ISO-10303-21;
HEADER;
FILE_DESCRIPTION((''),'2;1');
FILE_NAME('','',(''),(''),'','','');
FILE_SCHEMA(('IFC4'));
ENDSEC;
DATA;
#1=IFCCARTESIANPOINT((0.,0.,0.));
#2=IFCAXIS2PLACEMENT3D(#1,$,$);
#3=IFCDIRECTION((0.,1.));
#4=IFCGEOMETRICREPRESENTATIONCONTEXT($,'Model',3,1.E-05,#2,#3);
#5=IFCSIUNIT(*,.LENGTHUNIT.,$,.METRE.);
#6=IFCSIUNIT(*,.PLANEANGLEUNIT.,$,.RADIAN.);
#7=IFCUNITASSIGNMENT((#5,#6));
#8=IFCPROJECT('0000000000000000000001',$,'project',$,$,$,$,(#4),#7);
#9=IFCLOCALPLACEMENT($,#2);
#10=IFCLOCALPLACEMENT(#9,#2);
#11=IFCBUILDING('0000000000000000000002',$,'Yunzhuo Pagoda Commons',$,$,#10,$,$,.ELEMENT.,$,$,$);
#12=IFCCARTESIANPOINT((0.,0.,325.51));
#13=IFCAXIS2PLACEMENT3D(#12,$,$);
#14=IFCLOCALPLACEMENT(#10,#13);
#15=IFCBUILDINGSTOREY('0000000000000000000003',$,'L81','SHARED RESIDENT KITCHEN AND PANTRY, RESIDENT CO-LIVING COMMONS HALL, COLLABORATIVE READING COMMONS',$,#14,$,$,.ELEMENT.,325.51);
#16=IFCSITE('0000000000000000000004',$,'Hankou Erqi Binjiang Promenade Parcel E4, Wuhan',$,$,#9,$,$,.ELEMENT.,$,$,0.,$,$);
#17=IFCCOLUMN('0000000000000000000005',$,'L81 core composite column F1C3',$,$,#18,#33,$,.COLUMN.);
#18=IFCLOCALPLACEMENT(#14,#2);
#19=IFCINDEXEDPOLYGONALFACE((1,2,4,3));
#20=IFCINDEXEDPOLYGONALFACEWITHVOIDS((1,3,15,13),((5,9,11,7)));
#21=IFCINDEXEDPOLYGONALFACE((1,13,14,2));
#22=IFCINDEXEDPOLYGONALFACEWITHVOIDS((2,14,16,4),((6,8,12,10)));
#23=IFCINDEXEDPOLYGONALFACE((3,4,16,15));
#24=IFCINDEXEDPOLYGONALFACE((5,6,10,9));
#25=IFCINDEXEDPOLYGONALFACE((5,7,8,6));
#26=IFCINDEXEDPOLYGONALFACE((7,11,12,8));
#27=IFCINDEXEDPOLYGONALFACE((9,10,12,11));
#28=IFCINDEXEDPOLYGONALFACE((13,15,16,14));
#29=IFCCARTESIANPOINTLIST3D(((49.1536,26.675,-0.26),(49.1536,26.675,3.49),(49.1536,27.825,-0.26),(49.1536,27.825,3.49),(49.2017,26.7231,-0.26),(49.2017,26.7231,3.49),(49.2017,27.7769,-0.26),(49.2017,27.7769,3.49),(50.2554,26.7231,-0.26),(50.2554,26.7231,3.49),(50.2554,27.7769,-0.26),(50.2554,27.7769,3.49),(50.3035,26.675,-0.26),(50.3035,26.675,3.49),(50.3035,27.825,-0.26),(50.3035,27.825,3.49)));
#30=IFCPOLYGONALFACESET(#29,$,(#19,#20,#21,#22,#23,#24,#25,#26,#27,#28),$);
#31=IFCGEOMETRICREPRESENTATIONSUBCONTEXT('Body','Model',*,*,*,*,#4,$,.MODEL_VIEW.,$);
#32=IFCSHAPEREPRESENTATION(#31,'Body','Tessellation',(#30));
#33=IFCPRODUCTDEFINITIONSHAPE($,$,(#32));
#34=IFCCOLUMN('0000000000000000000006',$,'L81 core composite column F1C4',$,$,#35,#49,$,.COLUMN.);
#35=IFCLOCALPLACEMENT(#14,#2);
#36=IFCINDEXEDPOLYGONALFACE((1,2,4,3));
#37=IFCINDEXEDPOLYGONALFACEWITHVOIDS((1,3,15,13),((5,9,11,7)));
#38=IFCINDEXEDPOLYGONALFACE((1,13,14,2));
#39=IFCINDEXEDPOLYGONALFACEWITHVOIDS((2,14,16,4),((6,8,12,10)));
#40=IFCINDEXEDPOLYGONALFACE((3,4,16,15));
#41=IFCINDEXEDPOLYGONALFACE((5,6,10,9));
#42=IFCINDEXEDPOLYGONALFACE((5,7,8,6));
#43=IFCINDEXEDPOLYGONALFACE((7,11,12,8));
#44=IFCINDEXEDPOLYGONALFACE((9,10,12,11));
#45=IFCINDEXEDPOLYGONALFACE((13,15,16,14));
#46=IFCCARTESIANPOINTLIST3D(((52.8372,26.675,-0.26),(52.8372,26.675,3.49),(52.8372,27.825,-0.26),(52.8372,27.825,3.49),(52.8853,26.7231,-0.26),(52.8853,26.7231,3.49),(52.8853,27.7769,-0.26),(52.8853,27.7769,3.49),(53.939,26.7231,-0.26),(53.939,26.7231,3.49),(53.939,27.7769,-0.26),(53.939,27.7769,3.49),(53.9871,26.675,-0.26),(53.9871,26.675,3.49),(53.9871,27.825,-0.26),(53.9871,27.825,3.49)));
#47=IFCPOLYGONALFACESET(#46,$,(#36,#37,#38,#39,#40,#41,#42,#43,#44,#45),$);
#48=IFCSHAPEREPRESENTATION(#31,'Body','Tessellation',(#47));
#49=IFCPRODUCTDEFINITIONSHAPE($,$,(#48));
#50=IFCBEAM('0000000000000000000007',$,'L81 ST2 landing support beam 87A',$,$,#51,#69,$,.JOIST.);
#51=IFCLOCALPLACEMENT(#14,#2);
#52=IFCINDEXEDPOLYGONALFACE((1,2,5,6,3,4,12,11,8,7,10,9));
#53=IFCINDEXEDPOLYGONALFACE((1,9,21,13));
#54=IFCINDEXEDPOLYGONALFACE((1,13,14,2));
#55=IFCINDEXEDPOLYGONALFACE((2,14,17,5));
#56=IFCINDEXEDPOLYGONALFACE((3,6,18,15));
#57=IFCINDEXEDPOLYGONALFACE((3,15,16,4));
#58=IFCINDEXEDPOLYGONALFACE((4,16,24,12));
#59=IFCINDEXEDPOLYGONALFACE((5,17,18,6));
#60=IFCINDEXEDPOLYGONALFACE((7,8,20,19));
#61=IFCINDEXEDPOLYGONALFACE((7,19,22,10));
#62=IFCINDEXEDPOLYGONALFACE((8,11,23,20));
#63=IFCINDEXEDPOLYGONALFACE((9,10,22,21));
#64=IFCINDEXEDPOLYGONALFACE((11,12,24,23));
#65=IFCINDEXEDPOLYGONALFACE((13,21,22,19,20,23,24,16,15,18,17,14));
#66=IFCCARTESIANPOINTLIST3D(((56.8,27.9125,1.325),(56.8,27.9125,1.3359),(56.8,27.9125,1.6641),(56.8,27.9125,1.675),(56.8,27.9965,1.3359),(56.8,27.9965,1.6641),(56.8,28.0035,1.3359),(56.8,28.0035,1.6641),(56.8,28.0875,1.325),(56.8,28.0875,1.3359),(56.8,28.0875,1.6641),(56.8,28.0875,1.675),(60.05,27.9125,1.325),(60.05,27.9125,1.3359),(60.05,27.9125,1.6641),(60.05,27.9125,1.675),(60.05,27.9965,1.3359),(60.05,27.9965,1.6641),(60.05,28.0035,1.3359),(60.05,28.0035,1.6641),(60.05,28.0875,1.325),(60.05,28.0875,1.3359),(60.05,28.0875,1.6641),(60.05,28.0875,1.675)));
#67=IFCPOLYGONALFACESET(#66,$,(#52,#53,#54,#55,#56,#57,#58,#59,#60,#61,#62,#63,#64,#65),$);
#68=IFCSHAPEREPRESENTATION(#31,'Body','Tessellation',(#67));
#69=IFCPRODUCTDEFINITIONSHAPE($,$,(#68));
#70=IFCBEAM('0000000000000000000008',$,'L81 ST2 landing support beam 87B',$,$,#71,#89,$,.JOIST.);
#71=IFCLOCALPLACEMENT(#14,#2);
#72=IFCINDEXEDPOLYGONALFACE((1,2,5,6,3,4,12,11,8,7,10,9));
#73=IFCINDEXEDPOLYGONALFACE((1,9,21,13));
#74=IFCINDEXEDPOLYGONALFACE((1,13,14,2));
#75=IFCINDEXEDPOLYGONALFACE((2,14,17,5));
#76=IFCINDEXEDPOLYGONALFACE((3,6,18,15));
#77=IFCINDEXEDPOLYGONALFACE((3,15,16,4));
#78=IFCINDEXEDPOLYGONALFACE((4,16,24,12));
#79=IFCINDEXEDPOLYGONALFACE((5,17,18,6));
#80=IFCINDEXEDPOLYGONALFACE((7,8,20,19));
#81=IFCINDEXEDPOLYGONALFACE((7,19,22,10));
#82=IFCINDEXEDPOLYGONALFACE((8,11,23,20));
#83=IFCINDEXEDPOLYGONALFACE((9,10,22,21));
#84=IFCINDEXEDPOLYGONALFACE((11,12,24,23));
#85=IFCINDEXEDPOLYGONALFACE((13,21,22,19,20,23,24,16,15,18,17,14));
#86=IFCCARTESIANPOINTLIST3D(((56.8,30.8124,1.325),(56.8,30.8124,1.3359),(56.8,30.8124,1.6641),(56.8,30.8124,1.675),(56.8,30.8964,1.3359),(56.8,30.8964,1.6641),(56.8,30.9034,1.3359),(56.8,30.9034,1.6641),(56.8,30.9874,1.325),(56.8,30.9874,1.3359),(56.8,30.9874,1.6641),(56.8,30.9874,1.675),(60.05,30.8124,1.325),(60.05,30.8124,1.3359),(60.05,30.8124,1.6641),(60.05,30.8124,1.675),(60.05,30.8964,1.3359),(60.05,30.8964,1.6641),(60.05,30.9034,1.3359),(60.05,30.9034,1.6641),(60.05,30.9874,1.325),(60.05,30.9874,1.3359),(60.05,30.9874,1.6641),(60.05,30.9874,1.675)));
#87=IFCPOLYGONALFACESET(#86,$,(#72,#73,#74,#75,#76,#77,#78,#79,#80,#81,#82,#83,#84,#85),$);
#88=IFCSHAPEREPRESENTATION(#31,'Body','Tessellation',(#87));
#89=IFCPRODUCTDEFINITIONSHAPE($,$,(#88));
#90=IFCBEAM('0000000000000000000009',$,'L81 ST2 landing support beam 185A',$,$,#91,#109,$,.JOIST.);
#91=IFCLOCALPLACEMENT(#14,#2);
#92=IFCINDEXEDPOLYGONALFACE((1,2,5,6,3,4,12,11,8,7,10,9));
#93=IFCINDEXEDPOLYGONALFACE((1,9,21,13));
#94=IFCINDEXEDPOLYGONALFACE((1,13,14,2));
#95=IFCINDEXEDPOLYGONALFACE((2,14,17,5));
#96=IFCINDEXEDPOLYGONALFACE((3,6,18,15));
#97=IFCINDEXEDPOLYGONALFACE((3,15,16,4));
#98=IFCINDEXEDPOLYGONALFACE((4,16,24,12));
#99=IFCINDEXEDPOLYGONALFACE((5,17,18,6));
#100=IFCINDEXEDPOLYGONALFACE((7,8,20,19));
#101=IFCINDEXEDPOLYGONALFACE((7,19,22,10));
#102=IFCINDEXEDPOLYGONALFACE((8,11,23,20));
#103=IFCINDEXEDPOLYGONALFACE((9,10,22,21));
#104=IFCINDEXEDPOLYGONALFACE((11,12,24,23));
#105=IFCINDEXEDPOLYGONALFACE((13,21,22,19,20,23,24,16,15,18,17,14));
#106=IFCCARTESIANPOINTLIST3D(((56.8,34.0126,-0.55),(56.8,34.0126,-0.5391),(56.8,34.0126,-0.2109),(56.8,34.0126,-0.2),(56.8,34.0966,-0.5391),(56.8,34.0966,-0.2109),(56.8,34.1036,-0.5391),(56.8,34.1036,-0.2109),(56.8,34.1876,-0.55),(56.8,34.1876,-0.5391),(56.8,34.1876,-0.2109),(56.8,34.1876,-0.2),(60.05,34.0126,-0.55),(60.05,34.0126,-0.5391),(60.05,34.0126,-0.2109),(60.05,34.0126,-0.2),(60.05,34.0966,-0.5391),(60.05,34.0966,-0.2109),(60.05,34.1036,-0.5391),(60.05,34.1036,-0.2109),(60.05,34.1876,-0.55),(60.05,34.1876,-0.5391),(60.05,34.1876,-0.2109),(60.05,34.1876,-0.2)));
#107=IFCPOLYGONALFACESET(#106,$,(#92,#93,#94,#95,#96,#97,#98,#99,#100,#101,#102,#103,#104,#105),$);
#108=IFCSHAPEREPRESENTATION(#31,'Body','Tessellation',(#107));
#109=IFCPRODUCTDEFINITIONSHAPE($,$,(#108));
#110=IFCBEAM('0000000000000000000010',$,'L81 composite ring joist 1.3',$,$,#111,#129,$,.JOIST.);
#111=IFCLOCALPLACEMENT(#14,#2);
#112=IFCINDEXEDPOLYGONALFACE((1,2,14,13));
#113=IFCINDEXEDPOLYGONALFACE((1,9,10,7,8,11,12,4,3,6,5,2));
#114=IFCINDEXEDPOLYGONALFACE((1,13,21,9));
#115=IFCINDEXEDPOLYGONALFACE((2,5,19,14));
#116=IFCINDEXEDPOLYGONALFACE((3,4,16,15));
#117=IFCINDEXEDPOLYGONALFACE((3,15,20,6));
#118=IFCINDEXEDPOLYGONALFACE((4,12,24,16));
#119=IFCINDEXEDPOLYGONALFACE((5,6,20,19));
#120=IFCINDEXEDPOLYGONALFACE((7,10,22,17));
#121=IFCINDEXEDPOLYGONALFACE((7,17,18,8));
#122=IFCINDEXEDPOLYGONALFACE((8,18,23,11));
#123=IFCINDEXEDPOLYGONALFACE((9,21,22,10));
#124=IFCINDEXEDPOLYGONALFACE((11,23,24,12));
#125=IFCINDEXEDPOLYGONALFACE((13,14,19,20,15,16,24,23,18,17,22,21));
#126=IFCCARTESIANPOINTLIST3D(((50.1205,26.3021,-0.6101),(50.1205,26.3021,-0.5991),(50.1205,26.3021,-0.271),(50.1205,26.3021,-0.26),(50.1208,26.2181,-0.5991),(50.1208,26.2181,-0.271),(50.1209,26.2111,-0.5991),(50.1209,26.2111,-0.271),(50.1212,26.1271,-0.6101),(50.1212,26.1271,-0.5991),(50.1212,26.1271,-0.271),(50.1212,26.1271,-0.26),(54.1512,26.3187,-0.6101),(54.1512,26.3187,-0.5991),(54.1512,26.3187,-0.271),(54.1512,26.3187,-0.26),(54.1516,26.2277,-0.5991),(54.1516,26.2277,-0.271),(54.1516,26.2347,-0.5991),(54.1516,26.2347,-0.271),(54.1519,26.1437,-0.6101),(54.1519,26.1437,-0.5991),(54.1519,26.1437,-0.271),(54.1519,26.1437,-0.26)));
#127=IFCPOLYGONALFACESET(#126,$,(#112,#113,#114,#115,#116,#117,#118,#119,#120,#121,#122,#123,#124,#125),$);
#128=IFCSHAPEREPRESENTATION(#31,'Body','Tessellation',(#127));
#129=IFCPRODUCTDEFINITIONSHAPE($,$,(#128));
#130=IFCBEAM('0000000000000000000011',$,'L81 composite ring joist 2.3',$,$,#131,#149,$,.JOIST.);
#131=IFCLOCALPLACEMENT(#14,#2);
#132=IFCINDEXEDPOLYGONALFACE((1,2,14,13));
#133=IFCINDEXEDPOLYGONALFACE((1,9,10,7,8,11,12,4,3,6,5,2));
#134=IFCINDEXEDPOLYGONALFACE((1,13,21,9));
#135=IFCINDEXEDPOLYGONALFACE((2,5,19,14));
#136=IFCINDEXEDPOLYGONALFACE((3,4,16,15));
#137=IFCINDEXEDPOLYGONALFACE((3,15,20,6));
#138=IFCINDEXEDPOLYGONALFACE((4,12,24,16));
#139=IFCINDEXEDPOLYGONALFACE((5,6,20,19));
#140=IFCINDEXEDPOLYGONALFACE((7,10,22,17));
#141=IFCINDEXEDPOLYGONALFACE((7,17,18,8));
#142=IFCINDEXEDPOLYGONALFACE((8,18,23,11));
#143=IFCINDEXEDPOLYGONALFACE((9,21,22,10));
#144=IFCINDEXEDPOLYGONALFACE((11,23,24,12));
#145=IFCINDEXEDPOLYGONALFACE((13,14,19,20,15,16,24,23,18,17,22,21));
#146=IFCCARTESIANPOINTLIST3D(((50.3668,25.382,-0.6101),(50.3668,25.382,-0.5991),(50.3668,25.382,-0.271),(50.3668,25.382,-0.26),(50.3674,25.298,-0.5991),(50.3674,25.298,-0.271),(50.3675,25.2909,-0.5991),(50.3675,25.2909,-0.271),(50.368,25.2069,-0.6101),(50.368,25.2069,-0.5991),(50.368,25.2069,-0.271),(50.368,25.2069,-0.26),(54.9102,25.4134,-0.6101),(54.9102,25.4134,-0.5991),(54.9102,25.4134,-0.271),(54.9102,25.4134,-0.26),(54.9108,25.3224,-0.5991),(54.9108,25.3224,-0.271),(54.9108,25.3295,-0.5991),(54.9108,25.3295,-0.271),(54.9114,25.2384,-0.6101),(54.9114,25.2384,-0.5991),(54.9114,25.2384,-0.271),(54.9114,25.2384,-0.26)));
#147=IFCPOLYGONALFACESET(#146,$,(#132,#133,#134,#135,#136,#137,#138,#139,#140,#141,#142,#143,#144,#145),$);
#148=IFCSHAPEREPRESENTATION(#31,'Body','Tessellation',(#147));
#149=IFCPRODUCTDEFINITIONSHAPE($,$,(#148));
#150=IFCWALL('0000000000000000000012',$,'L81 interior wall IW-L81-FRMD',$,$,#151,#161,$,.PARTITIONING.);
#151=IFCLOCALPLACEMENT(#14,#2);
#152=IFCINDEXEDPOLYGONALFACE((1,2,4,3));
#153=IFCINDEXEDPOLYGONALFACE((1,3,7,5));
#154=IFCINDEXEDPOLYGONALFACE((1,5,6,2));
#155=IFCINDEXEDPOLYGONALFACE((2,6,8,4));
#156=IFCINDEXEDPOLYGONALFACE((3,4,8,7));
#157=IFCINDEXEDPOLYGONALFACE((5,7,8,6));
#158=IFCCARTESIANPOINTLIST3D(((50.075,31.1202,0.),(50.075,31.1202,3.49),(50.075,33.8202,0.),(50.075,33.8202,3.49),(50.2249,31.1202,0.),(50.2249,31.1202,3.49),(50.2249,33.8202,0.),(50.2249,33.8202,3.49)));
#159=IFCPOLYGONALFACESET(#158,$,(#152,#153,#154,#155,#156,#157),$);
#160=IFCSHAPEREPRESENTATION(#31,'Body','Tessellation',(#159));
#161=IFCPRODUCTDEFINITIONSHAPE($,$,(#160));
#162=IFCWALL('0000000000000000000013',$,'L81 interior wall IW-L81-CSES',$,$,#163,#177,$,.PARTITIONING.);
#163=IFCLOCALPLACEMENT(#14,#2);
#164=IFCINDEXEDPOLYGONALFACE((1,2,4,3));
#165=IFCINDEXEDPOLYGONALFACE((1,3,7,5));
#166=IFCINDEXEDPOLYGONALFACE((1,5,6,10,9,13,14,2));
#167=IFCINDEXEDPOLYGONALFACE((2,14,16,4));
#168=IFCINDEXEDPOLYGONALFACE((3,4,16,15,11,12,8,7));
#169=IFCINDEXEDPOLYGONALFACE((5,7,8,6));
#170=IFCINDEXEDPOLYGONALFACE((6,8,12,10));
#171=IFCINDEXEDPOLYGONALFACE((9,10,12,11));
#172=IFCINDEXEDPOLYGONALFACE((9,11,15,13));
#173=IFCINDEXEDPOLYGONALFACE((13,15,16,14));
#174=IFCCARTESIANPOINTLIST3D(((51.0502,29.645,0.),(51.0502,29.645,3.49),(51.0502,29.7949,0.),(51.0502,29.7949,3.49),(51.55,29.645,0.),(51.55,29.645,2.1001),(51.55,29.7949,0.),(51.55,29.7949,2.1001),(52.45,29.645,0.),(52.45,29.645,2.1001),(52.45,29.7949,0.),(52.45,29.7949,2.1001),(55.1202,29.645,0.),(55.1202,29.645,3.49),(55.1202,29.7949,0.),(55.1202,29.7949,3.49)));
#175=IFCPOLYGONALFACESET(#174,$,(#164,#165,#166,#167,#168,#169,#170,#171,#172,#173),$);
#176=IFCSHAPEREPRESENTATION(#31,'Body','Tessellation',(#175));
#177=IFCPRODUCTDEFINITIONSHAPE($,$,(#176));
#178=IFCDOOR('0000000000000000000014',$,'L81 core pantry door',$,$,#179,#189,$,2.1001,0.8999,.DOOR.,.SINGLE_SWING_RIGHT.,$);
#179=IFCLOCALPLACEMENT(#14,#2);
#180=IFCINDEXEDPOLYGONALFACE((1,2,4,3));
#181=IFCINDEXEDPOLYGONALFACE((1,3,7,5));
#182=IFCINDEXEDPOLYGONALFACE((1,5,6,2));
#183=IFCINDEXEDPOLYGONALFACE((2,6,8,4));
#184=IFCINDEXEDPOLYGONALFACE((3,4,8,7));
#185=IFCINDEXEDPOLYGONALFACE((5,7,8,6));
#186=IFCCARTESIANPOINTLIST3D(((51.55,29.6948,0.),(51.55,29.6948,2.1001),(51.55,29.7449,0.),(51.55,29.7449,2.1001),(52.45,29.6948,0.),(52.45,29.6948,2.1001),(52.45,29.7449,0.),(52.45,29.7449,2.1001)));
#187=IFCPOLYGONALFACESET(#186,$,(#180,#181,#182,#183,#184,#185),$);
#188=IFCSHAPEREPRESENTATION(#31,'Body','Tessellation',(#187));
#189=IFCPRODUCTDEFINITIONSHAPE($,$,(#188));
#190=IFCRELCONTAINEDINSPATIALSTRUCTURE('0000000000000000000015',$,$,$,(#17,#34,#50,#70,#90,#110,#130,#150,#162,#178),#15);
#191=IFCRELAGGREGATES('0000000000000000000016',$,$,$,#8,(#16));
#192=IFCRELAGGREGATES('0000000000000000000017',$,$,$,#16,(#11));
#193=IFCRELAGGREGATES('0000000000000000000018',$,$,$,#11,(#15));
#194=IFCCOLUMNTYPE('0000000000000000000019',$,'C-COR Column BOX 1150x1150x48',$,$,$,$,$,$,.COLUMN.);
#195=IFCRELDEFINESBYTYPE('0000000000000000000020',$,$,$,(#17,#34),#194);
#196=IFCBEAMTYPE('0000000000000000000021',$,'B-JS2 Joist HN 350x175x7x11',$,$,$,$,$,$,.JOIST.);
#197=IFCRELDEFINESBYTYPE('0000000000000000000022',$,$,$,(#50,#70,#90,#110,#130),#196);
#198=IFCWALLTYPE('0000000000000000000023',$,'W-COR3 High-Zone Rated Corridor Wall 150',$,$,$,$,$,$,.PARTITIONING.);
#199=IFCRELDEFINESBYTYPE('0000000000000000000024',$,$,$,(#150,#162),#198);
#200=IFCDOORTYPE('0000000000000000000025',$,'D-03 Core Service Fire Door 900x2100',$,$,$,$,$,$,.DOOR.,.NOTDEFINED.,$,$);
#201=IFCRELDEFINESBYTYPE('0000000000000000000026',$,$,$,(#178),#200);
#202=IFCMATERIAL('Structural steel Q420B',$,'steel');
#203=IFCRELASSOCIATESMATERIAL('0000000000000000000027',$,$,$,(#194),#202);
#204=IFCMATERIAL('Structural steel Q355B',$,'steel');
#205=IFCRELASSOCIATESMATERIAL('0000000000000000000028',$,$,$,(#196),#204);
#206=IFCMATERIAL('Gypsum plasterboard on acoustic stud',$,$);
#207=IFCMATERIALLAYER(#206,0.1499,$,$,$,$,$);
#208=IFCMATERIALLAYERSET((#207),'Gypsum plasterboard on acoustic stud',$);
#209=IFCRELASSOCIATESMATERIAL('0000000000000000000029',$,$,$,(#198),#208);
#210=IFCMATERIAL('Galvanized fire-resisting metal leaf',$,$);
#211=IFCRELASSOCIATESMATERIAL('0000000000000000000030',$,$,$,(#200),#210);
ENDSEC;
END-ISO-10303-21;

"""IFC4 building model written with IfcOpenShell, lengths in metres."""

from ifc_helpers import new_model, si_unit, direction, frame, frame_2d, origin, origin_with_axes, origin_2d, place, context, subcontext, project, spatial, rectangle, hollow_rectangle, i_section, extrude, source, transform, mapped, material, layer, layer_set, material_profile, profile_set, type_object, element, fill, save


model = new_model("IFC4")

# Units and contexts
model_context = context("Model", 3, precision=1e-05, world=origin(), true_north=direction((0.0, 1.0)))
body_context = subcontext(model_context, "Body", "Model", "MODEL_VIEW")
ifc_project = project(units=[si_unit("LENGTHUNIT", "METRE"), si_unit("PLANEANGLEUNIT", "RADIAN")], contexts=[model_context])

# Site, building, storey
site_placement = place(None, origin())
site = spatial("IfcSite", under=ifc_project, at=site_placement, Name="Hankou Erqi Binjiang Promenade Parcel E4, Wuhan", CompositionType="ELEMENT", RefElevation=0.0)
building_placement = place(site_placement, origin())
building = spatial("IfcBuilding", under=site, at=building_placement, Name="Yunzhuo Pagoda Commons", CompositionType="ELEMENT")
storey_placement = place(building_placement, frame((0.0, 0.0, 325.51)))
storey = spatial("IfcBuildingStorey", under=building, at=storey_placement, Name="L81", Description="SHARED RESIDENT KITCHEN AND PANTRY, RESIDENT CO-LIVING COMMONS HALL, COLLABORATIVE READING COMMONS", CompositionType="ELEMENT", Elevation=325.51)

# Columns
ifc_material_1 = material(Name="Structural steel Q420B", Category="steel")
ifc_material_profile_1 = material_profile(ifc_material_1, hollow_rectangle(XDim=1.1499, YDim=1.1499, WallThickness=0.0481, at=origin_2d()), Name="Structural steel Q420B")
ifc_profile_set_1 = profile_set([ifc_material_profile_1], Name="Structural steel Q420B")
column_type = type_object("IfcColumnType", Name="C-COR Column BOX 1150x1150x48", PredefinedType="COLUMN", material=ifc_profile_set_1)
shared_shape_1 = source(origin(), body_context, "Body", "SweptSolid", [
    extrude(hollow_rectangle(XDim=1.1499, YDim=1.1499, WallThickness=0.0481, at=origin_2d()), origin(), (0.0, 0.0, 1.0), 3.75),
])
for number, where, z_axis, x_axis, name in (
    (1, (49.7285, 27.25, -0.26), (0.0, 0.0, 1.0), (1.0, 0.0, 0.0), "L81 core composite column F1C3"),
    (2, (53.4121, 27.25, -0.26), (0.0, 0.0, 1.0), (1.0, 0.0, 0.0), "L81 core composite column F1C4"),
):
    element("IfcColumn", number, at=place(storey_placement, frame(where, z_axis=z_axis, x_axis=x_axis)), inside=storey, type_object=column_type, Name=name, PredefinedType="COLUMN", context=body_context, shape_type="MappedRepresentation", body=[
        mapped(shared_shape_1, transform((0.0, 0.0, 0.0), scale=1.0)),
    ])

# Beams
ifc_material_2 = material(Name="Structural steel Q355B", Category="steel")
ifc_material_profile_2 = material_profile(ifc_material_2, i_section(OverallWidth=0.175, OverallDepth=0.3501, WebThickness=0.0071, FlangeThickness=0.011, at=origin_2d()), Name="Structural steel Q355B")
ifc_profile_set_2 = profile_set([ifc_material_profile_2], Name="Structural steel Q355B")
beam_type = type_object("IfcBeamType", Name="B-JS2 Joist HN 350x175x7x11", PredefinedType="JOIST", material=ifc_profile_set_2)
shared_shape_2 = source(origin(), body_context, "Body", "SweptSolid", [
    extrude(i_section(OverallWidth=0.175, OverallDepth=0.3501, WebThickness=0.0071, FlangeThickness=0.011, at=origin_2d()), origin(), (0.0, 0.0, 1.0), 3.25),
])
for number, where, z_axis, x_axis, name in (
    (3, (56.8, 28.0, 1.5), (1.0, 0.0, 0.0), (0.0, 1.0, 0.0), "L81 ST2 landing support beam 87A"),
    (4, (56.8, 30.8999, 1.5), (1.0, 0.0, 0.0), (0.0, 1.0, 0.0), "L81 ST2 landing support beam 87B"),
    (5, (56.8, 34.1001, -0.375), (1.0, 0.0, 0.0), (0.0, 1.0, 0.0), "L81 ST2 landing support beam 185A"),
):
    element("IfcBeam", number, at=place(storey_placement, frame(where, z_axis=z_axis, x_axis=x_axis)), inside=storey, type_object=beam_type, Name=name, PredefinedType="JOIST", context=body_context, shape_type="MappedRepresentation", body=[
        mapped(shared_shape_2, transform((0.0, 0.0, 0.0), scale=1.0)),
    ])
shared_shape_3 = source(origin(), body_context, "Body", "SweptSolid", [
    extrude(i_section(OverallWidth=0.175, OverallDepth=0.3501, WebThickness=0.0071, FlangeThickness=0.011, at=origin_2d()), origin(), (0.0, 0.0, 1.0), 4.0308),
])
beam_1_placement = place(storey_placement, frame((50.1208, 26.2146, -0.4351), z_axis=(0.999992, 0.004119, 0.0), x_axis=(-0.004119, 0.999992, 0.0)))
element("IfcBeam", 6, at=beam_1_placement, inside=storey, type_object=beam_type, Name="L81 composite ring joist 1.3", PredefinedType="JOIST", context=body_context, shape_type="MappedRepresentation", body=[
    mapped(shared_shape_3, transform((0.0, 0.0, 0.0), scale=1.0)),
])
shared_shape_4 = source(origin(), body_context, "Body", "SweptSolid", [
    extrude(i_section(OverallWidth=0.175, OverallDepth=0.3501, WebThickness=0.0071, FlangeThickness=0.011, at=origin_2d()), origin(), (0.0, 0.0, 1.0), 4.5435),
])
beam_2_placement = place(storey_placement, frame((50.3674, 25.2944, -0.4351), z_axis=(0.999976, 0.006932, 0.0), x_axis=(-0.006932, 0.999976, 0.0)))
element("IfcBeam", 7, at=beam_2_placement, inside=storey, type_object=beam_type, Name="L81 composite ring joist 2.3", PredefinedType="JOIST", context=body_context, shape_type="MappedRepresentation", body=[
    mapped(shared_shape_4, transform((0.0, 0.0, 0.0), scale=1.0)),
])

# Wall
ifc_material_3 = material(Name="Gypsum plasterboard on acoustic stud")
ifc_layer_1 = layer(ifc_material_3, 0.1499)
ifc_layer_set_1 = layer_set([ifc_layer_1], Name="Gypsum plasterboard on acoustic stud")
wall_type_1 = type_object("IfcWallType", Name="W-COR3 High-Zone Rated Corridor Wall 150", PredefinedType="PARTITIONING", material=ifc_layer_set_1)
wall_1_placement = place(storey_placement, frame((50.1499, 31.1201, 0.0), z_axis=(0.0, 0.0, 1.0), x_axis=(0.0, 1.0, 0.0)))
element("IfcWall", 8, at=wall_1_placement, inside=storey, type_object=wall_type_1, Name="L81 interior wall IW-L81-FRMD", PredefinedType="PARTITIONING", context=body_context, shape_type="SweptSolid", body=[
    extrude(rectangle(XDim=2.7, YDim=0.1499, at=frame_2d((1.3501, 0.0))), origin(), (0.0, 0.0, 1.0), 3.49),
])

# Wall, opening, door
wall_2_placement = place(storey_placement, frame((51.05, 29.72, 0.0), z_axis=(0.0, 0.0, 1.0), x_axis=(1.0, 0.0, 0.0)))
wall_2 = element("IfcWall", 9, at=wall_2_placement, inside=storey, type_object=wall_type_1, Name="L81 interior wall IW-L81-CSES", PredefinedType="PARTITIONING", context=body_context, shape_type="SweptSolid", body=[
    extrude(rectangle(XDim=4.0701, YDim=0.1499, at=frame_2d((2.0352, 0.0))), origin(), (0.0, 0.0, 1.0), 3.49),
])
opening_1_placement = place(wall_2_placement, frame((0.5, 0.0, 0.0)))
opening_1 = element("IfcOpeningElement", 10, at=opening_1_placement, cuts=wall_2, PredefinedType="OPENING", context=body_context, shape_type="SweptSolid", body=[
    extrude(rectangle(XDim=0.8999, YDim=2.1001, at=frame_2d((0.45, 1.05))), frame((0.0, 0.085, 0.0), z_axis=(0.0, -1.0, 0.0), x_axis=(1.0, 0.0, 0.0)), (0.0, 0.0, 1.0), 0.1699),
])
ifc_material_4 = material(Name="Galvanized fire-resisting metal leaf")
door_type_1 = type_object("IfcDoorType", Name="D-03 Core Service Fire Door 900x2100", OperationType="NOTDEFINED", PredefinedType="DOOR", material=ifc_material_4)
shared_shape_5 = source(origin(), body_context, "Body", "SweptSolid", [
    extrude(rectangle(XDim=0.8999, YDim=2.1001, at=frame_2d((0.45, 1.05))), frame((0.0, 0.0249, 0.0), z_axis=(0.0, -1.0, 0.0), x_axis=(1.0, 0.0, 0.0)), (0.0, 0.0, 1.0), 0.05),
])
door_1_placement = place(opening_1_placement, origin_with_axes())
door_1 = element("IfcDoor", 11, at=door_1_placement, inside=storey, type_object=door_type_1, Name="L81 core pantry door", OperationType="SINGLE_SWING_RIGHT", OverallHeight=2.1001, OverallWidth=0.8999, PredefinedType="DOOR", context=body_context, shape_type="MappedRepresentation", body=[
    mapped(shared_shape_5, transform((0.0, 0.0, 0.0), scale=1.0)),
])
fill(opening_1, door_1)

save(model, "model.ifc")
